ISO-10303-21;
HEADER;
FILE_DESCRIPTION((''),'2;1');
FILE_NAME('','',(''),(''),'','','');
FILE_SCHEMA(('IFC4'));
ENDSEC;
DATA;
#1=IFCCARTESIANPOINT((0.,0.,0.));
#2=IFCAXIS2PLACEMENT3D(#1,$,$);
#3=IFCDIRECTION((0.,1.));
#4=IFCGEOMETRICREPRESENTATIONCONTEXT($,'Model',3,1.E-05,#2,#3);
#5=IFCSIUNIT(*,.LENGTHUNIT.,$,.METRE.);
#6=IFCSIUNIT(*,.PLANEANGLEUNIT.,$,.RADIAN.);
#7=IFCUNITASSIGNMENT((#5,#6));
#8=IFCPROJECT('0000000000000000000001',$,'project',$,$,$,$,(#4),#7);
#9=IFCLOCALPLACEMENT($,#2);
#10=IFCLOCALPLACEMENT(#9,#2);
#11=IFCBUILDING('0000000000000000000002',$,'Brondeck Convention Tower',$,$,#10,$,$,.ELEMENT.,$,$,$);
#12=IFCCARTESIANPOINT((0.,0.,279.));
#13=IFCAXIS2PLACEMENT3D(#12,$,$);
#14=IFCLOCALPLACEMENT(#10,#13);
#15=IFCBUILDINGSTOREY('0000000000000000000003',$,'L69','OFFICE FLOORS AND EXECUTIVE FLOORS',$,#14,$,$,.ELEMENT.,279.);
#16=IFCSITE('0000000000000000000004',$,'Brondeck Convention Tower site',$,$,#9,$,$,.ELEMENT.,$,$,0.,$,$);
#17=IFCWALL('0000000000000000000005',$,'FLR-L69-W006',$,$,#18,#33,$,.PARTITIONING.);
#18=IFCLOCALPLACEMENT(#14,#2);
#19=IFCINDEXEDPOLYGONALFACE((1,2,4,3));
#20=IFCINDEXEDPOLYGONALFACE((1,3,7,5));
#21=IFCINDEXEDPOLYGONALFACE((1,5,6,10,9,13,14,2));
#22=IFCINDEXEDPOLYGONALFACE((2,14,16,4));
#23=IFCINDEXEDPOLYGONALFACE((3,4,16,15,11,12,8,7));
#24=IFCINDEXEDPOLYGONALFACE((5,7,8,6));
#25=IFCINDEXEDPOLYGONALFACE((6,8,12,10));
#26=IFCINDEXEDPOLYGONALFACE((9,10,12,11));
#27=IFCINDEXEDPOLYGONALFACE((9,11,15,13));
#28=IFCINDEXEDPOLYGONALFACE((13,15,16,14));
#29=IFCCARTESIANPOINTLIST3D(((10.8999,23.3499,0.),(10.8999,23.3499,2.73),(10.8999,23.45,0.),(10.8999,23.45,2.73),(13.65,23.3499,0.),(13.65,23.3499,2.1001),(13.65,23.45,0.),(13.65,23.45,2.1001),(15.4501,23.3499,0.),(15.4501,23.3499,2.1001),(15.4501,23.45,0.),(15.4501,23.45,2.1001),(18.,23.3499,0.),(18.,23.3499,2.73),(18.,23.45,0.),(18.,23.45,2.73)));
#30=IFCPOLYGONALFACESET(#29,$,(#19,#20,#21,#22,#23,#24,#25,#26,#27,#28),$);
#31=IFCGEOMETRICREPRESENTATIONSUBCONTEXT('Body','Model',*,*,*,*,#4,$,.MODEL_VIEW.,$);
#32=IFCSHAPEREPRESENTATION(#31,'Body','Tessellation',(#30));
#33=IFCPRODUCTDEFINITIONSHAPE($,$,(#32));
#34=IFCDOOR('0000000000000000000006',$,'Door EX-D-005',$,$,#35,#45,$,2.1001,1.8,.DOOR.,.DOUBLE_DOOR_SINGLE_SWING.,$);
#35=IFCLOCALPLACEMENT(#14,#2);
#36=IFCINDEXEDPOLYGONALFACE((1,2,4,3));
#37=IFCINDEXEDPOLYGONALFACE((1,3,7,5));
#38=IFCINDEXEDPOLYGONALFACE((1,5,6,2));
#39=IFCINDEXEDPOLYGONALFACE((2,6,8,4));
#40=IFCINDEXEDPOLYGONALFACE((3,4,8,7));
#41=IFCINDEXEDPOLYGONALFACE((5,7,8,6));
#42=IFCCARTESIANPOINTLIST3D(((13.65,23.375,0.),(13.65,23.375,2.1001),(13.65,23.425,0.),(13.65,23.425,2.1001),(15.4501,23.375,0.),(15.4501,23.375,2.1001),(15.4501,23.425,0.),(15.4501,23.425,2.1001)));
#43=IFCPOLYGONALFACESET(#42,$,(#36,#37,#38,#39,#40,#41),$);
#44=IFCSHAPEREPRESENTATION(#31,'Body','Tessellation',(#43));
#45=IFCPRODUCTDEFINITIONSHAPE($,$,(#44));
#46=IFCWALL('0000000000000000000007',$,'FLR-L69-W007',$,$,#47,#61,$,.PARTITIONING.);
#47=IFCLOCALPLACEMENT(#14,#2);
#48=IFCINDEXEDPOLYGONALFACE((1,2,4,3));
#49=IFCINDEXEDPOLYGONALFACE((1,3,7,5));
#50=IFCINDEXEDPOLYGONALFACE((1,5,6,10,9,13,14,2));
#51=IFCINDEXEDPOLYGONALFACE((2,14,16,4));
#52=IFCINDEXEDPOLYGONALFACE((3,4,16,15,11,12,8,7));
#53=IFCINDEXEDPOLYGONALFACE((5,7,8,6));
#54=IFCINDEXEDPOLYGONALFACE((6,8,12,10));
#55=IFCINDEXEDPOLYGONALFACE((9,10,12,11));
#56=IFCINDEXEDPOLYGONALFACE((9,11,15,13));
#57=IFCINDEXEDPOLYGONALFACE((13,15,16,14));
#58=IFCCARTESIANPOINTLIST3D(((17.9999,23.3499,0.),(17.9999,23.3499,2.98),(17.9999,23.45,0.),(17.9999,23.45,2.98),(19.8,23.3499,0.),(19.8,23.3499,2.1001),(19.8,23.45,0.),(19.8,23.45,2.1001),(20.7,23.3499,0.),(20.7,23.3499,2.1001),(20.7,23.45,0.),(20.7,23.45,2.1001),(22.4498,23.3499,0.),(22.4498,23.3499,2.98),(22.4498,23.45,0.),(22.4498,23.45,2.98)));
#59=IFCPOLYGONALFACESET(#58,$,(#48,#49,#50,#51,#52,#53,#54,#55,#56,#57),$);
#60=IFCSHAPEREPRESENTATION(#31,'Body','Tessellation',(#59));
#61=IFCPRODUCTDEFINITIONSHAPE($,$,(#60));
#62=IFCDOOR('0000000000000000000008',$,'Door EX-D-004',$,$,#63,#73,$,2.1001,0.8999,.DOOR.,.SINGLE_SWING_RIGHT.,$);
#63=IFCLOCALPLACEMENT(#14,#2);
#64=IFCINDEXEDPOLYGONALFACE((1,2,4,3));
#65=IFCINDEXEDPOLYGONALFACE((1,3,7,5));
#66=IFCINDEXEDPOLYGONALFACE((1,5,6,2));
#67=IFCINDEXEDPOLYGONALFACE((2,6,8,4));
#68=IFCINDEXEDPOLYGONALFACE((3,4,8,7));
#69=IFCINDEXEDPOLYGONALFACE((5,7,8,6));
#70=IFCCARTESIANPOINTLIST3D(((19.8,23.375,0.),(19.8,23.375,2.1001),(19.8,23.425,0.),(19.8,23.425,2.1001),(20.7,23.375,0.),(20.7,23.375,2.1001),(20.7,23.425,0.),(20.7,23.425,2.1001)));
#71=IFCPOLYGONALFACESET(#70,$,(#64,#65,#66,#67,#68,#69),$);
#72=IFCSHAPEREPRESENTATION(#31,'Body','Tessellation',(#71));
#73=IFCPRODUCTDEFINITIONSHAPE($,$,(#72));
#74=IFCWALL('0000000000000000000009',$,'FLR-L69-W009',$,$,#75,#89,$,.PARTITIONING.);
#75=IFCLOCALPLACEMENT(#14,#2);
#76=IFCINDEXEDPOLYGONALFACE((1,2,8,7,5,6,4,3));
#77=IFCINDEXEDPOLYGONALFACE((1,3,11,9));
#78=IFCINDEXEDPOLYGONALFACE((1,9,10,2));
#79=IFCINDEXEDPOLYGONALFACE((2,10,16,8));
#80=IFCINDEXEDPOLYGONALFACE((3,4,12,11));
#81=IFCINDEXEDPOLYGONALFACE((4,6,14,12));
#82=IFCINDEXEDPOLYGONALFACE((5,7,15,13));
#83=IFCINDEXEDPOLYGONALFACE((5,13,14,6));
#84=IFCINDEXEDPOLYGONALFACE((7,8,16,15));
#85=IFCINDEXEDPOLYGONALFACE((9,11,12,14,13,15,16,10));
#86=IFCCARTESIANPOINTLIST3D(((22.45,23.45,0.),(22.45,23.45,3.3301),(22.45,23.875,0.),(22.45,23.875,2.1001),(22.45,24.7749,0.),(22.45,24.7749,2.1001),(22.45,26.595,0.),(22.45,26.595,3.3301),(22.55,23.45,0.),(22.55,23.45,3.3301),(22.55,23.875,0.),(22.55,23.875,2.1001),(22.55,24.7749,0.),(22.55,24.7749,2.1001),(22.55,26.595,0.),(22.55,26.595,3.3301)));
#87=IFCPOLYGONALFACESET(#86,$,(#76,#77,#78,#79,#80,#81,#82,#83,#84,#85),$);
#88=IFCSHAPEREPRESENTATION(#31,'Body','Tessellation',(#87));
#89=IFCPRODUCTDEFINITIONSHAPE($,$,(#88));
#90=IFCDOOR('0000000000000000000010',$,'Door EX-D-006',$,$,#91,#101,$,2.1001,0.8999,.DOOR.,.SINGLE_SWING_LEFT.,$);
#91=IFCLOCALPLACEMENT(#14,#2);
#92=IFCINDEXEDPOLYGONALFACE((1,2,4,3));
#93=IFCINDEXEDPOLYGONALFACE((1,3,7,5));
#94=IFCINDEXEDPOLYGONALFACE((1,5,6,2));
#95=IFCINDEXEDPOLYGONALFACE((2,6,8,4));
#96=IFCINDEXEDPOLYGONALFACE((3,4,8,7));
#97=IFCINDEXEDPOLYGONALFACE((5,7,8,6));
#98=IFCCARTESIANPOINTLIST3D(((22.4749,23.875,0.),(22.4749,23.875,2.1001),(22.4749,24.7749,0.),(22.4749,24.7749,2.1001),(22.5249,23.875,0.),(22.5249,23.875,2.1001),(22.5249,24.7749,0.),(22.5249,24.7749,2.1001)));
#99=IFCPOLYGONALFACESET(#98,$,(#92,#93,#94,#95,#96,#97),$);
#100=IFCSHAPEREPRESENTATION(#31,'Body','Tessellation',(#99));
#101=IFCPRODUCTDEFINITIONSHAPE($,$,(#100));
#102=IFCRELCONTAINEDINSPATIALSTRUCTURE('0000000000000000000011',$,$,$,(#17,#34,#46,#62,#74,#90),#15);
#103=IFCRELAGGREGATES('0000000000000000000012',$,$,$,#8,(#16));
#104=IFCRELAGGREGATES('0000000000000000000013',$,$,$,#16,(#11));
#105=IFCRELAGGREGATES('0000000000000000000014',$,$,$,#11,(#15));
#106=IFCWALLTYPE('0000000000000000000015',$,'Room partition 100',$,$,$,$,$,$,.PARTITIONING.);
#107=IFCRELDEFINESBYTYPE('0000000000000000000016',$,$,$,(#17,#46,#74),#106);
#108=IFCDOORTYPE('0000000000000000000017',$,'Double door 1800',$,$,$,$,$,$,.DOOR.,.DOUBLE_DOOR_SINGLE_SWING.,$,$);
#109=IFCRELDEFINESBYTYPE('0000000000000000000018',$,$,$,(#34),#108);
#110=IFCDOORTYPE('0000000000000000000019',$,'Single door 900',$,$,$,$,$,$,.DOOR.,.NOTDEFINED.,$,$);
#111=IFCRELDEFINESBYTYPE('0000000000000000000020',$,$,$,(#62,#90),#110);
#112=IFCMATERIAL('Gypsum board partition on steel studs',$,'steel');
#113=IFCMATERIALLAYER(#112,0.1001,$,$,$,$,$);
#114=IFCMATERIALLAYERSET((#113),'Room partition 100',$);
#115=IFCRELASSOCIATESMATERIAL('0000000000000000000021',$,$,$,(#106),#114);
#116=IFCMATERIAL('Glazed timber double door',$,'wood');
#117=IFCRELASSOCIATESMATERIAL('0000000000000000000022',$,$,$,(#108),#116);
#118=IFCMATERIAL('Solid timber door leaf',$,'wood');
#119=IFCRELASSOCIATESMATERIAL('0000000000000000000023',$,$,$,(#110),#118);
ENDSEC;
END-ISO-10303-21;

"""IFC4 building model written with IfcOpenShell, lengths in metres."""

from ifc_helpers import new_model, si_unit, direction, frame, frame_2d, origin, place, context, subcontext, project, spatial, rectangle, extrude, material, layer, layer_set, type_object, element, fill, save


model = new_model("IFC4")

# Units and contexts
model_context = context("Model", 3, precision=1e-05, world=origin(), true_north=direction((0.0, 1.0)))
body_context = subcontext(model_context, "Body", "Model", "MODEL_VIEW")
ifc_project = project(units=[si_unit("LENGTHUNIT", "METRE"), si_unit("PLANEANGLEUNIT", "RADIAN")], contexts=[model_context])

# Site, building, storey
site_placement = place(None, origin())
site = spatial("IfcSite", under=ifc_project, at=site_placement, Name="Brondeck Convention Tower site", CompositionType="ELEMENT", RefElevation=0.0)
building_placement = place(site_placement, origin())
building = spatial("IfcBuilding", under=site, at=building_placement, Name="Brondeck Convention Tower", CompositionType="ELEMENT")
storey_placement = place(building_placement, frame((0.0, 0.0, 279.0)))
storey = spatial("IfcBuildingStorey", under=building, at=storey_placement, Name="L69", Description="OFFICE FLOORS AND EXECUTIVE FLOORS", CompositionType="ELEMENT", Elevation=279.0)

# Shared definitions
ifc_material_1 = material(Name="Gypsum board partition on steel studs", Category="steel")
ifc_layer_1 = layer(ifc_material_1, 0.1001)
ifc_layer_set_1 = layer_set([ifc_layer_1], Name="Room partition 100")
wall_type_1 = type_object("IfcWallType", Name="Room partition 100", PredefinedType="PARTITIONING", material=ifc_layer_set_1)

# Walls, openings, doors
wall_1_placement = place(storey_placement, frame((18.0, 23.3999, 0.0), z_axis=(0.0, 0.0, 1.0), x_axis=(-1.0, 0.0, 0.0)))
wall_1 = element("IfcWall", 1, at=wall_1_placement, inside=storey, type_object=wall_type_1, Name="FLR-L69-W006", PredefinedType="PARTITIONING", context=body_context, shape_type="SweptSolid", body=[
    extrude(rectangle(XDim=7.1001, YDim=0.1001, at=frame_2d((3.55, 0.0))), origin(), (0.0, 0.0, 1.0), 2.73),
])
opening_1_placement = place(wall_1_placement, frame((2.55, 0.0, 0.0)))
opening_1 = element("IfcOpeningElement", 2, at=opening_1_placement, cuts=wall_1, PredefinedType="OPENING", context=body_context, shape_type="SweptSolid", body=[
    extrude(rectangle(XDim=1.8, YDim=2.1001, at=frame_2d((0.8999, 1.05))), frame((0.0, 0.0601, 0.0), z_axis=(0.0, -1.0, 0.0), x_axis=(1.0, 0.0, 0.0)), (0.0, 0.0, 1.0), 0.1201),
])
ifc_material_2 = material(Name="Glazed timber double door", Category="wood")
door_type_1 = type_object("IfcDoorType", Name="Double door 1800", OperationType="DOUBLE_DOOR_SINGLE_SWING", PredefinedType="DOOR", material=ifc_material_2)
door_1_placement = place(opening_1_placement, origin())
door_1 = element("IfcDoor", 3, at=door_1_placement, inside=storey, type_object=door_type_1, Name="Door EX-D-005", OperationType="DOUBLE_DOOR_SINGLE_SWING", OverallHeight=2.1001, OverallWidth=1.8, PredefinedType="DOOR", context=body_context, shape_type="SweptSolid", body=[
    extrude(rectangle(XDim=1.8, YDim=2.1001, at=frame_2d((0.8999, 1.05))), frame((0.0, 0.0249, 0.0), z_axis=(0.0, -1.0, 0.0), x_axis=(1.0, 0.0, 0.0)), (0.0, 0.0, 1.0), 0.05),
])
fill(opening_1, door_1)
wall_2_placement = place(storey_placement, frame((22.45, 23.3999, 0.0), z_axis=(0.0, 0.0, 1.0), x_axis=(-1.0, 0.0, 0.0)))
wall_2 = element("IfcWall", 4, at=wall_2_placement, inside=storey, type_object=wall_type_1, Name="FLR-L69-W007", PredefinedType="PARTITIONING", context=body_context, shape_type="SweptSolid", body=[
    extrude(rectangle(XDim=4.45, YDim=0.1001, at=frame_2d((2.2251, 0.0))), origin(), (0.0, 0.0, 1.0), 2.98),
])
opening_2_placement = place(wall_2_placement, frame((1.75, 0.0, 0.0)))
opening_2 = element("IfcOpeningElement", 5, at=opening_2_placement, cuts=wall_2, PredefinedType="OPENING", context=body_context, shape_type="SweptSolid", body=[
    extrude(rectangle(XDim=0.8999, YDim=2.1001, at=frame_2d((0.45, 1.05))), frame((0.0, 0.0601, 0.0), z_axis=(0.0, -1.0, 0.0), x_axis=(1.0, 0.0, 0.0)), (0.0, 0.0, 1.0), 0.1201),
])
ifc_material_3 = material(Name="Solid timber door leaf", Category="wood")
door_type_2 = type_object("IfcDoorType", Name="Single door 900", OperationType="NOTDEFINED", PredefinedType="DOOR", material=ifc_material_3)
door_2_placement = place(opening_2_placement, origin())
door_2 = element("IfcDoor", 6, at=door_2_placement, inside=storey, type_object=door_type_2, Name="Door EX-D-004", OperationType="SINGLE_SWING_RIGHT", OverallHeight=2.1001, OverallWidth=0.8999, PredefinedType="DOOR", context=body_context, shape_type="SweptSolid", body=[
    extrude(rectangle(XDim=0.8999, YDim=2.1001, at=frame_2d((0.45, 1.05))), frame((0.0, 0.0249, 0.0), z_axis=(0.0, -1.0, 0.0), x_axis=(1.0, 0.0, 0.0)), (0.0, 0.0, 1.0), 0.05),
])
fill(opening_2, door_2)
wall_3_placement = place(storey_placement, frame((22.5, 26.595, 0.0), z_axis=(0.0, 0.0, 1.0), x_axis=(0.0, -1.0, 0.0)))
wall_3 = element("IfcWall", 7, at=wall_3_placement, inside=storey, type_object=wall_type_1, Name="FLR-L69-W009", PredefinedType="PARTITIONING", context=body_context, shape_type="SweptSolid", body=[
    extrude(rectangle(XDim=3.145, YDim=0.1001, at=frame_2d((1.5725, 0.0))), origin(), (0.0, 0.0, 1.0), 3.3301),
])
opening_3_placement = place(wall_3_placement, frame((1.8201, 0.0, 0.0)))
opening_3 = element("IfcOpeningElement", 8, at=opening_3_placement, cuts=wall_3, PredefinedType="OPENING", context=body_context, shape_type="SweptSolid", body=[
    extrude(rectangle(XDim=0.8999, YDim=2.1001, at=frame_2d((0.45, 1.05))), frame((0.0, 0.0601, 0.0), z_axis=(0.0, -1.0, 0.0), x_axis=(1.0, 0.0, 0.0)), (0.0, 0.0, 1.0), 0.1201),
])
door_3_placement = place(opening_3_placement, origin())
door_3 = element("IfcDoor", 9, at=door_3_placement, inside=storey, type_object=door_type_2, Name="Door EX-D-006", OperationType="SINGLE_SWING_LEFT", OverallHeight=2.1001, OverallWidth=0.8999, PredefinedType="DOOR", context=body_context, shape_type="SweptSolid", body=[
    extrude(rectangle(XDim=0.8999, YDim=2.1001, at=frame_2d((0.45, 1.05))), frame((0.0, 0.0249, 0.0), z_axis=(0.0, -1.0, 0.0), x_axis=(1.0, 0.0, 0.0)), (0.0, 0.0, 1.0), 0.05),
])
fill(opening_3, door_3)

save(model, "model.ifc")
